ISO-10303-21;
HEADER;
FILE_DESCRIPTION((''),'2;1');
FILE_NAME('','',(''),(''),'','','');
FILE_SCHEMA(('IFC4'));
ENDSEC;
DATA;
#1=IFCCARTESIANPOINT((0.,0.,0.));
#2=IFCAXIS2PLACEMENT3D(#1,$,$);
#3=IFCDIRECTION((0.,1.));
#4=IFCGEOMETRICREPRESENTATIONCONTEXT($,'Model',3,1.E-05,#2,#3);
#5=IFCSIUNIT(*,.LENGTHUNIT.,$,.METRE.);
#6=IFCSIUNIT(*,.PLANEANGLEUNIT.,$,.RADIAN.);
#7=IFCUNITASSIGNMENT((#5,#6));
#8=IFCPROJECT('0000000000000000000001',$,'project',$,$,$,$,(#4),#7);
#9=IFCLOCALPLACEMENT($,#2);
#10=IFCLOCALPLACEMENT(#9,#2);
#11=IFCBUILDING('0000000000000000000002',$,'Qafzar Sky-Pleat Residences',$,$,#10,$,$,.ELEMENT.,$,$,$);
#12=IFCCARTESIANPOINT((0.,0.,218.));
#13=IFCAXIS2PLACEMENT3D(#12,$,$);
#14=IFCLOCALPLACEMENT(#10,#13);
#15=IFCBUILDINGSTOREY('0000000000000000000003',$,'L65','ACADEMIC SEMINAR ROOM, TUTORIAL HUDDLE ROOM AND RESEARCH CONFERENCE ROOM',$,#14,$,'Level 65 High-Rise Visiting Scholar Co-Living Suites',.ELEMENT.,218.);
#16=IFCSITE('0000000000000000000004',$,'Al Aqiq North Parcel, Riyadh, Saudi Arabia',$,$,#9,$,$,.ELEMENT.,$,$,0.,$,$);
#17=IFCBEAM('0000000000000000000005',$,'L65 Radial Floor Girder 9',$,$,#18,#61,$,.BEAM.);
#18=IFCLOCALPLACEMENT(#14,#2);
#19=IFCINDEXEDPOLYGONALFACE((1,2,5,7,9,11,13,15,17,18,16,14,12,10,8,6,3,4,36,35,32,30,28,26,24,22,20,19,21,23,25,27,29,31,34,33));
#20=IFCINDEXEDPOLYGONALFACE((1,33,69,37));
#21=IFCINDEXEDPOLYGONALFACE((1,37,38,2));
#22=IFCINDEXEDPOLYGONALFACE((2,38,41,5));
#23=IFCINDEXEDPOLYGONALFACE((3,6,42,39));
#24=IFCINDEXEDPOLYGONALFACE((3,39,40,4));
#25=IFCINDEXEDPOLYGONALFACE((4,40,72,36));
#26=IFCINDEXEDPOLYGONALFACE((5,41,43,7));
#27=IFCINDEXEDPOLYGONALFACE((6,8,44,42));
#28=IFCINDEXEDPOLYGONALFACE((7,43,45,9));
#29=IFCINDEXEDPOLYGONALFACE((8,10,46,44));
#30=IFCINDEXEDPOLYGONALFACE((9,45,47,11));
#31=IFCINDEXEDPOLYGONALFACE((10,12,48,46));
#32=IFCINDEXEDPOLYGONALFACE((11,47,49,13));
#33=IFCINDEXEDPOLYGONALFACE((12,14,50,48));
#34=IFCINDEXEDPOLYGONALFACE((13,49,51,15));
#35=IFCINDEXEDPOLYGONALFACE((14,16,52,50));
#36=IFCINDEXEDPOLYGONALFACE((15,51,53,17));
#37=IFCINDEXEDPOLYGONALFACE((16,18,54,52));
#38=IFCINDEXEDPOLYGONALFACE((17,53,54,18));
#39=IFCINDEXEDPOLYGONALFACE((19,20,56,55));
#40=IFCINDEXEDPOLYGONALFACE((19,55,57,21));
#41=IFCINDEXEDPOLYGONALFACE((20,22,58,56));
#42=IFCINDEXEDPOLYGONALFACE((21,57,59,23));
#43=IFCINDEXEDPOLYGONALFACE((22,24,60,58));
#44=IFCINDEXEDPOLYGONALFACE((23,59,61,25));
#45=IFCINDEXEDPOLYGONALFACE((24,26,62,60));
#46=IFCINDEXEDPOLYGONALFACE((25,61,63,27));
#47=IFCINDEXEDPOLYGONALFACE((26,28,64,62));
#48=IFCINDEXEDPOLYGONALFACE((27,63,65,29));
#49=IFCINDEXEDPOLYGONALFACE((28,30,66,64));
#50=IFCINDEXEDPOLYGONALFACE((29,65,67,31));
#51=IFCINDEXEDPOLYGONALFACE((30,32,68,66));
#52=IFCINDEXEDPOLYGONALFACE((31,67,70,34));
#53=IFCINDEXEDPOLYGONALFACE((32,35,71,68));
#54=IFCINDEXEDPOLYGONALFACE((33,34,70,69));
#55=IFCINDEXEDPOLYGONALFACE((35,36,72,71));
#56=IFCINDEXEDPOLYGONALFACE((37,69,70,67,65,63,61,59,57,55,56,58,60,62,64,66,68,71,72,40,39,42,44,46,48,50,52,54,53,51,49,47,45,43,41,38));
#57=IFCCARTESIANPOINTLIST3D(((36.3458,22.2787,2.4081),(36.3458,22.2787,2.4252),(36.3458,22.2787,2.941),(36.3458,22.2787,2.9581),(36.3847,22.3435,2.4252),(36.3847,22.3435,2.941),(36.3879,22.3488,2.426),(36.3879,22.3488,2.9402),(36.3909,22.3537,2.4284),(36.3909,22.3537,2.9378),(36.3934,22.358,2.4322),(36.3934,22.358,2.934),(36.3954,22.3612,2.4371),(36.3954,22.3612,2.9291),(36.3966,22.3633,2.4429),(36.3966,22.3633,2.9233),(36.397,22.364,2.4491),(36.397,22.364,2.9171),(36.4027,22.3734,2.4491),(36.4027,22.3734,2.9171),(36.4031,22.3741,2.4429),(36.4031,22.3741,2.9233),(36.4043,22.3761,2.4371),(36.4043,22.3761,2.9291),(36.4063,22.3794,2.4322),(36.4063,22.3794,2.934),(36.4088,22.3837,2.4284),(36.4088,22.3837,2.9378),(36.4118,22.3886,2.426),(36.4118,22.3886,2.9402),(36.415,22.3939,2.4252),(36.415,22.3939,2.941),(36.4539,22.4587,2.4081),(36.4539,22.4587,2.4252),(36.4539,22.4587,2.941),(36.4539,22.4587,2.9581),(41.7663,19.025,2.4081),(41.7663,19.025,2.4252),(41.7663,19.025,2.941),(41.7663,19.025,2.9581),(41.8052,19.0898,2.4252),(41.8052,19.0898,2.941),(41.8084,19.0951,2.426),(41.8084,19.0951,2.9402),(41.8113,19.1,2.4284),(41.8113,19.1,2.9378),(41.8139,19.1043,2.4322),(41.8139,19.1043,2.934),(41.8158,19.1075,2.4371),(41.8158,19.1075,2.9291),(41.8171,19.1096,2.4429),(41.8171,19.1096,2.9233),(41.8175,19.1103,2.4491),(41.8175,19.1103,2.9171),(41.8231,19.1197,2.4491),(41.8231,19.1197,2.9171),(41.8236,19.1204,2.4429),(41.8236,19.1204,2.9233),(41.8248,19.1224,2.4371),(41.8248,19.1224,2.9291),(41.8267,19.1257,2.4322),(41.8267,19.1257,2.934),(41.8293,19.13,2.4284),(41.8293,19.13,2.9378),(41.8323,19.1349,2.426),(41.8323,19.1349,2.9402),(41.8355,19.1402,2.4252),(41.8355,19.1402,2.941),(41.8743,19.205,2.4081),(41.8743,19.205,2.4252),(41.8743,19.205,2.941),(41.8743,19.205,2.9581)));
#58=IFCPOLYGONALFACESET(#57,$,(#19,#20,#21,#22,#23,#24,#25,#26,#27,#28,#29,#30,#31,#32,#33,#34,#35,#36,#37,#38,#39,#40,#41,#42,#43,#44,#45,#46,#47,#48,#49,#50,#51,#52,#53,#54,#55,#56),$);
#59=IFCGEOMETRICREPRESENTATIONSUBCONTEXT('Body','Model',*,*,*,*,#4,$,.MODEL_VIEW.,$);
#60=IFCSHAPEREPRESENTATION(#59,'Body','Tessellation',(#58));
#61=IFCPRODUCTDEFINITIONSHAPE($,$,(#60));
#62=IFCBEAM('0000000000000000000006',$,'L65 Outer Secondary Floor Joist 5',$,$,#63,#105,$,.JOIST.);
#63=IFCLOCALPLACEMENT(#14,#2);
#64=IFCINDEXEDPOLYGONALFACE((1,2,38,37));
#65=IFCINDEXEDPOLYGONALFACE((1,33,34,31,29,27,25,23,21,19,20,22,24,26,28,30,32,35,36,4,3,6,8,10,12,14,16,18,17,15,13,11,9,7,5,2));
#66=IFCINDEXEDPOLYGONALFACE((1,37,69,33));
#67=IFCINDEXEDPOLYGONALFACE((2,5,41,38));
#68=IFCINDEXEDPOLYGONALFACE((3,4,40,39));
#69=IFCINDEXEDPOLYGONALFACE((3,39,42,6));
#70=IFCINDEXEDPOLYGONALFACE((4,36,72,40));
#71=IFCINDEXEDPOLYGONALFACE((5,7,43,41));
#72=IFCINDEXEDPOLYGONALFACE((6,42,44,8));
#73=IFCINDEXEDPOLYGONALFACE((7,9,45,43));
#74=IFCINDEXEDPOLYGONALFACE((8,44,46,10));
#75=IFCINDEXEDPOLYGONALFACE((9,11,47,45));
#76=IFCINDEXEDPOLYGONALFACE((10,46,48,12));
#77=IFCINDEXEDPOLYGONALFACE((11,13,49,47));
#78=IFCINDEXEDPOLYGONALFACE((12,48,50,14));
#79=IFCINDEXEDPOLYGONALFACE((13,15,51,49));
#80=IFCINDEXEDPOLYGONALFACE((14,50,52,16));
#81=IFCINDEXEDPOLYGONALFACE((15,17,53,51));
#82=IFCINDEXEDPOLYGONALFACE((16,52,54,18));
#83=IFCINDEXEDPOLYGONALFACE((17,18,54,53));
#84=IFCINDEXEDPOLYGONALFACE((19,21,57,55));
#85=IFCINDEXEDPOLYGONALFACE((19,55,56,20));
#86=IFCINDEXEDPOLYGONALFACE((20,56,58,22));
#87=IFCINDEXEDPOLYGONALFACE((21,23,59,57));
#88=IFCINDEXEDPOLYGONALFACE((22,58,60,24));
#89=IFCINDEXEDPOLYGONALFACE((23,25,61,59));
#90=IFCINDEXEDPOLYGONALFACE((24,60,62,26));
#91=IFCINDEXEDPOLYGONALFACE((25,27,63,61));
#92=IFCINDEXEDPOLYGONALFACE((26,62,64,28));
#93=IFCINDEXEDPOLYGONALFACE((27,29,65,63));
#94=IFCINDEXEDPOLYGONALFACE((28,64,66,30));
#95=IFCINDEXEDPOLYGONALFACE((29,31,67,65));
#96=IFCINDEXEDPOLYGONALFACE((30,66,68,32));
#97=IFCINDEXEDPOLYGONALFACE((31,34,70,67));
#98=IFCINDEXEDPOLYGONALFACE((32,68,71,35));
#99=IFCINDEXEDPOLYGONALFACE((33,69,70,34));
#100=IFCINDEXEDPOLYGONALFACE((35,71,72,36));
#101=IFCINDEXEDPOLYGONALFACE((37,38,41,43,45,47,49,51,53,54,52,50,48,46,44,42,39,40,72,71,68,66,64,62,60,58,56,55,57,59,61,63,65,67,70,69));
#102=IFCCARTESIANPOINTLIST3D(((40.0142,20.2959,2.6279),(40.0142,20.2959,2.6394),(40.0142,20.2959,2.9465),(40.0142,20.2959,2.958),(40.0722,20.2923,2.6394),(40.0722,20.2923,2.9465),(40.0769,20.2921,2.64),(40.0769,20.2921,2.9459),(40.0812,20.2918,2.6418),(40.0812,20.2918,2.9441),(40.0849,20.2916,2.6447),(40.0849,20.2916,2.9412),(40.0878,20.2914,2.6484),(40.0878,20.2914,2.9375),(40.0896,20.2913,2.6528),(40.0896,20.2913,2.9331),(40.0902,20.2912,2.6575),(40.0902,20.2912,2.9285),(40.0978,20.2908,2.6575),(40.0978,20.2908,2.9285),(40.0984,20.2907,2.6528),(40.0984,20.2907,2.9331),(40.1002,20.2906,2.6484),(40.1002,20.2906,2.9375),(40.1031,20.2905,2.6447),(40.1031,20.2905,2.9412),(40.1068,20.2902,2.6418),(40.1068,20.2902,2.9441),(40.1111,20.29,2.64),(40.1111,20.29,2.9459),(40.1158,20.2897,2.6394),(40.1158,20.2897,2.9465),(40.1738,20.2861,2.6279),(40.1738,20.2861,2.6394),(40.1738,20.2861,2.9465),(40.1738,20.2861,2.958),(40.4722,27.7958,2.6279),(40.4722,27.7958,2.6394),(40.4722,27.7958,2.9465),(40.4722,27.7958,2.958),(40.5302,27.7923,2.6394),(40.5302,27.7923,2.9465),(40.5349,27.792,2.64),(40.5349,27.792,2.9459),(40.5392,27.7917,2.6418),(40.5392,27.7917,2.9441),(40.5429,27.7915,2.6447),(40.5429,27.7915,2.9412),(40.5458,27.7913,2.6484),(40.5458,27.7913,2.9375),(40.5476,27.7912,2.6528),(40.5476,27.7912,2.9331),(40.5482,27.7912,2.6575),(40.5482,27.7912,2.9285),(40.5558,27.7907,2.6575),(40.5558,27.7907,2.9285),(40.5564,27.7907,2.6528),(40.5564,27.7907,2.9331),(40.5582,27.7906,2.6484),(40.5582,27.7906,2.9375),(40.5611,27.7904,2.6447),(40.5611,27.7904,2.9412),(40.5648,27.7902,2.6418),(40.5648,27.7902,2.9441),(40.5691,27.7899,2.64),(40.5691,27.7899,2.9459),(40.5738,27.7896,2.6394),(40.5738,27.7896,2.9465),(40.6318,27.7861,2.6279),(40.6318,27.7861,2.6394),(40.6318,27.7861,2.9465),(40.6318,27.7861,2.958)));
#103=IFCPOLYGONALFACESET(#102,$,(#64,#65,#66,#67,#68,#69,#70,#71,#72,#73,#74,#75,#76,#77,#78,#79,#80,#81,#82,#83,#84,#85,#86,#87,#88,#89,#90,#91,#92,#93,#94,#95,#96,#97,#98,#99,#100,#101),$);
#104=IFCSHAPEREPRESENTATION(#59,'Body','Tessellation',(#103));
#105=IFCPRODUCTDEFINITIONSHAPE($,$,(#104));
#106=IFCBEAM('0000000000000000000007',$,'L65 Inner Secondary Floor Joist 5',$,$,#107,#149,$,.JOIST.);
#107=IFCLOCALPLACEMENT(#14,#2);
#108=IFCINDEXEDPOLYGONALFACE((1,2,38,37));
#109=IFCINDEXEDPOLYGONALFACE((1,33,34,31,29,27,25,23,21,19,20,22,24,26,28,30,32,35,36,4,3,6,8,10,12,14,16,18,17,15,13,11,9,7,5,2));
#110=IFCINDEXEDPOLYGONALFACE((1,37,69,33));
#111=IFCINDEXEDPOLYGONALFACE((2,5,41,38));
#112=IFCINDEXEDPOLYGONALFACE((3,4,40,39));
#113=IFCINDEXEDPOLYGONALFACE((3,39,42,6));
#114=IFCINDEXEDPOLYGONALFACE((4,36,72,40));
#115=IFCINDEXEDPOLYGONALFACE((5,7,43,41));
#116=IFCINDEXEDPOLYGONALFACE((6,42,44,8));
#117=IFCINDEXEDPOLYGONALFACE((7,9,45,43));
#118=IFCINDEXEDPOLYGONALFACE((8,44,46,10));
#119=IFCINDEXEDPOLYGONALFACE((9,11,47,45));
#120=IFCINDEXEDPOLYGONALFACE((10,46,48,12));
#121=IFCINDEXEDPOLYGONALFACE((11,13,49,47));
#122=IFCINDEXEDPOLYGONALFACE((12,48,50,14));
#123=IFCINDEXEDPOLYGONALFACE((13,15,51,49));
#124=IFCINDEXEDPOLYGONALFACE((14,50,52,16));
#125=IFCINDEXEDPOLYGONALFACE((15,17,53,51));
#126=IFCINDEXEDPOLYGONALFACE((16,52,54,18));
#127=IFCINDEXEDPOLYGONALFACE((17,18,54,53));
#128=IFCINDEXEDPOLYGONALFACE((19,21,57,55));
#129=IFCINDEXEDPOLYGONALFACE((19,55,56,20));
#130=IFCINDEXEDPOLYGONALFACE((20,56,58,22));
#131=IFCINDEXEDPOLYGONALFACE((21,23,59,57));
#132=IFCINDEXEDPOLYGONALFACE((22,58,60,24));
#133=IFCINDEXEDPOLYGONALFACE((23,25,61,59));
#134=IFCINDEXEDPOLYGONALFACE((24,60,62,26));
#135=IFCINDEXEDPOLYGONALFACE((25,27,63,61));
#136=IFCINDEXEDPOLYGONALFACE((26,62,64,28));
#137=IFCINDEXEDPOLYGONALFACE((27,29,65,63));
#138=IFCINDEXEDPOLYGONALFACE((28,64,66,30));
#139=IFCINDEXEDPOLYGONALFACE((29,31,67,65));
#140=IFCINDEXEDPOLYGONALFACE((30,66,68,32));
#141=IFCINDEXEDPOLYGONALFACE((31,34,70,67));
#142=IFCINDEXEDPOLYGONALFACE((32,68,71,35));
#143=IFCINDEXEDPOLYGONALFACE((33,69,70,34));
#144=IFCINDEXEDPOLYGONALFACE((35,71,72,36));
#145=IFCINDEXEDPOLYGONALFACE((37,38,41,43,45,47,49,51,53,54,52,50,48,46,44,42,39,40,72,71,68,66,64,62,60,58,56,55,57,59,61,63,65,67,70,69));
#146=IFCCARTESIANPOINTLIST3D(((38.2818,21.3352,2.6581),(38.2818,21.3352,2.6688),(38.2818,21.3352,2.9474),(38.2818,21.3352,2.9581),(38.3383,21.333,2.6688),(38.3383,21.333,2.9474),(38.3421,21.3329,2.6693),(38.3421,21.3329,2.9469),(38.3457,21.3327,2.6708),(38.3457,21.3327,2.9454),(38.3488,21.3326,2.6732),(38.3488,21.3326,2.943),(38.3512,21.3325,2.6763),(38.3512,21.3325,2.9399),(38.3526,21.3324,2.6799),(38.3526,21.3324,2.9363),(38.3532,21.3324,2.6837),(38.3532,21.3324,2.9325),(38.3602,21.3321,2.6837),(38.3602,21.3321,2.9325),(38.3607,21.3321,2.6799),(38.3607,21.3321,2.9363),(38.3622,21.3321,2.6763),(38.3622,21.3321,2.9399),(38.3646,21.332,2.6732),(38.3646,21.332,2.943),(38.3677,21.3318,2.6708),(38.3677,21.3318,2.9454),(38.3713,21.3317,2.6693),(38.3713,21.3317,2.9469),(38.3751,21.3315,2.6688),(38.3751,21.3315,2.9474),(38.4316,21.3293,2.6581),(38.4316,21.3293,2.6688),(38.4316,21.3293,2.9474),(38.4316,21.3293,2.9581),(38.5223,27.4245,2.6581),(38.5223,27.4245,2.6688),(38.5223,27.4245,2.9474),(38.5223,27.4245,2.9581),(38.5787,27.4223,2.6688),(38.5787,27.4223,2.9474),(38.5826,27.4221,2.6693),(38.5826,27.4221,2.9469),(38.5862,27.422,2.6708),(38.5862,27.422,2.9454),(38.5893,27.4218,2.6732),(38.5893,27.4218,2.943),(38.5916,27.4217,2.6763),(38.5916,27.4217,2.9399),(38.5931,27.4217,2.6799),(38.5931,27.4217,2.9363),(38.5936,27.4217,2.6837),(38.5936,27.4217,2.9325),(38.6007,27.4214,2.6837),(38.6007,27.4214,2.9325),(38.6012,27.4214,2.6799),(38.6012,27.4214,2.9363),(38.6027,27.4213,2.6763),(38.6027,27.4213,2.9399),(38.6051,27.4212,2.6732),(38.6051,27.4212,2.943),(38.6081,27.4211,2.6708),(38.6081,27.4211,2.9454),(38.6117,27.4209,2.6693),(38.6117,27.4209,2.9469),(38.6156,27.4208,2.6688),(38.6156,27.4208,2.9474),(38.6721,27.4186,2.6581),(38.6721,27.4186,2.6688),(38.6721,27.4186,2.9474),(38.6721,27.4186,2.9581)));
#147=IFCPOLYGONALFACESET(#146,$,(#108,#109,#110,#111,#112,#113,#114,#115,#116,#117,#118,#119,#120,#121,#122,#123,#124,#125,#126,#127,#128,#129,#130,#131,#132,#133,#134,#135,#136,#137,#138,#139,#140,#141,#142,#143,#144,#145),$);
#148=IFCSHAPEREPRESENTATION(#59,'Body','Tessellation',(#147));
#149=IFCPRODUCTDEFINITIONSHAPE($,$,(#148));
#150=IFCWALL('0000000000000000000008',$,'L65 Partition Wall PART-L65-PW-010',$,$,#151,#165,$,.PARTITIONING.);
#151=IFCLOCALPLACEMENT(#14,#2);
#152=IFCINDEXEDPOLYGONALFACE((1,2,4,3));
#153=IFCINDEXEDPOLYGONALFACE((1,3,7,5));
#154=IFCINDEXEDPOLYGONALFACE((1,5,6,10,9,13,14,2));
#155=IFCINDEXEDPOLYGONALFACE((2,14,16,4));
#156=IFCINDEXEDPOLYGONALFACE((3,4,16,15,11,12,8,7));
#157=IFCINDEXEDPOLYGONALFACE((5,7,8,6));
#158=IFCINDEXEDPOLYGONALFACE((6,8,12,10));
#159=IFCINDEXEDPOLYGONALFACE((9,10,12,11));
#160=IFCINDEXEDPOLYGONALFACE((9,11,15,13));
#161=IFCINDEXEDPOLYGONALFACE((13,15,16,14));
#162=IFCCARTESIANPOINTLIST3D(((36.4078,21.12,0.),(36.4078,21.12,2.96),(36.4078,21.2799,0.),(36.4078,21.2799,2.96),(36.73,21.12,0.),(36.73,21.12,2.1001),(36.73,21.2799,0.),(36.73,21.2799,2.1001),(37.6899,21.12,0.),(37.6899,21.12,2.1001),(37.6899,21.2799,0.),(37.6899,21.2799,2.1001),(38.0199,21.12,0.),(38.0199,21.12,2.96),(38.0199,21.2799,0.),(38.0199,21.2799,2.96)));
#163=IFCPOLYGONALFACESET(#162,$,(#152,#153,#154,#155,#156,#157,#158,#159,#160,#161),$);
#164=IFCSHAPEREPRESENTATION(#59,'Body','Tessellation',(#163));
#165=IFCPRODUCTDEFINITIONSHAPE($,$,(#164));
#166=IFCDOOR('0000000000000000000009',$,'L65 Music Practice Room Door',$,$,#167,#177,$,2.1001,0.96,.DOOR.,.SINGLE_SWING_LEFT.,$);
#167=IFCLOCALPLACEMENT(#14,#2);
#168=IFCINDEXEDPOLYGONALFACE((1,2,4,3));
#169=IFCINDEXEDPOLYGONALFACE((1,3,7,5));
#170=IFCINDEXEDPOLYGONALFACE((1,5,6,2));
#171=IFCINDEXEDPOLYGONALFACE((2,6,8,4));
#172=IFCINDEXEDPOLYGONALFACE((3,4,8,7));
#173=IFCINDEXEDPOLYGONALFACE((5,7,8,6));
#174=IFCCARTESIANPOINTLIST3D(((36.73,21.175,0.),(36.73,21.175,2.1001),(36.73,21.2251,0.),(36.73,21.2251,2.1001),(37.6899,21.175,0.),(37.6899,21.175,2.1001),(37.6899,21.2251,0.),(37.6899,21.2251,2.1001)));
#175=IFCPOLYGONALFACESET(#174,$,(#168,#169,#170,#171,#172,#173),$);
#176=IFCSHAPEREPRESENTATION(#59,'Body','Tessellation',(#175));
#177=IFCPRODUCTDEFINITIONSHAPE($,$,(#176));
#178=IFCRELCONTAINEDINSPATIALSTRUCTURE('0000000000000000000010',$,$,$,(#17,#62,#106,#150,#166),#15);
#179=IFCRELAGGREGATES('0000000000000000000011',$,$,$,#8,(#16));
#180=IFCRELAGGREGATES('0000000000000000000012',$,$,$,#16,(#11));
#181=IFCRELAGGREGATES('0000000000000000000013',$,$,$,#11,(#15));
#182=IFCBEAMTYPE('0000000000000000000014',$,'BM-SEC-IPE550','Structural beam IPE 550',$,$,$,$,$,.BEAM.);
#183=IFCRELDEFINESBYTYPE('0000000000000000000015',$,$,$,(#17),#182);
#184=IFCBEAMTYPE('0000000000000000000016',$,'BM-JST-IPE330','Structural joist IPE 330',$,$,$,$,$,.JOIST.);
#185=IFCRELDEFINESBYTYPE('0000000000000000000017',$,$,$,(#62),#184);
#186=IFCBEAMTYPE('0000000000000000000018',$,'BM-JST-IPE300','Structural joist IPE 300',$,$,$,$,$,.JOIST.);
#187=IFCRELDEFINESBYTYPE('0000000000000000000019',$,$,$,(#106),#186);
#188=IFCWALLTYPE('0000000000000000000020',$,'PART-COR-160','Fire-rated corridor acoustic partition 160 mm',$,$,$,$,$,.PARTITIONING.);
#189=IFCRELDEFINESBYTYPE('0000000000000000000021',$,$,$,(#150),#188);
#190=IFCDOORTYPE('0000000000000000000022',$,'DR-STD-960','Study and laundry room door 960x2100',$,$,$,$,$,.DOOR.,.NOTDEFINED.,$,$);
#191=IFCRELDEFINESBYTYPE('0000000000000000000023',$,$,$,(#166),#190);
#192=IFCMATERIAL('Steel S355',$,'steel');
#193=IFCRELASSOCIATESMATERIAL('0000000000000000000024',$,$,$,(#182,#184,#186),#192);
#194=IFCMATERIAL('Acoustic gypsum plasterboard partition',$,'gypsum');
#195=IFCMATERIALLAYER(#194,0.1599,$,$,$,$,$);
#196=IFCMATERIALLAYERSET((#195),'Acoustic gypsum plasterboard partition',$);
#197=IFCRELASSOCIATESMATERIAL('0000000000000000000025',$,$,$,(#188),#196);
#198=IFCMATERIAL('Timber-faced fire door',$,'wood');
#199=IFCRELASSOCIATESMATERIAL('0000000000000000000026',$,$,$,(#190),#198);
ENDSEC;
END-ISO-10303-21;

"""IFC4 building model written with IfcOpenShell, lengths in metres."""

from ifc_helpers import new_model, si_unit, direction, frame, frame_2d, origin, origin_2d, place, context, subcontext, project, spatial, rectangle, i_section, extrude, source, transform, mapped, material, layer, layer_set, material_profile, profile_set, type_object, element, fill, save


model = new_model("IFC4")

# Units and contexts
model_context = context("Model", 3, precision=1e-05, world=origin(), true_north=direction((0.0, 1.0)))
body_context = subcontext(model_context, "Body", "Model", "MODEL_VIEW")
ifc_project = project(units=[si_unit("LENGTHUNIT", "METRE"), si_unit("PLANEANGLEUNIT", "RADIAN")], contexts=[model_context])

# Site, building, storey
site_placement = place(None, origin())
site = spatial("IfcSite", under=ifc_project, at=site_placement, Name="Al Aqiq North Parcel, Riyadh, Saudi Arabia", CompositionType="ELEMENT", RefElevation=0.0)
building_placement = place(site_placement, origin())
building = spatial("IfcBuilding", under=site, at=building_placement, Name="Qafzar Sky-Pleat Residences", CompositionType="ELEMENT")
storey_placement = place(building_placement, frame((0.0, 0.0, 218.0)))
storey = spatial("IfcBuildingStorey", under=building, at=storey_placement, Name="L65", Description="ACADEMIC SEMINAR ROOM, TUTORIAL HUDDLE ROOM AND RESEARCH CONFERENCE ROOM", LongName="Level 65 High-Rise Visiting Scholar Co-Living Suites", CompositionType="ELEMENT", Elevation=218.0)

# Shared definitions
ifc_material_1 = material(Name="Steel S355", Category="steel")

# Beams
ifc_material_profile_1 = material_profile(ifc_material_1, i_section(OverallWidth=0.21, OverallDepth=0.55, WebThickness=0.011, FlangeThickness=0.0171, FilletRadius=0.0239, at=origin_2d()), Name="IPE 550")
ifc_profile_set_1 = profile_set([ifc_material_profile_1], Name="Steel S355")
beam_type_1 = type_object("IfcBeamType", Name="BM-SEC-IPE550", Description="Structural beam IPE 550", PredefinedType="BEAM", material=ifc_profile_set_1)
shared_shape_1 = source(origin(), body_context, "Body", "SweptSolid", [
    extrude(i_section(OverallWidth=0.21, OverallDepth=0.55, WebThickness=0.011, FlangeThickness=0.0171, FilletRadius=0.0239, at=origin_2d()), origin(), (0.0, 0.0, 1.0), 6.322),
])
beam_1_placement = place(storey_placement, frame((41.8203, 19.115, 2.6831), z_axis=(-0.857394, 0.51466, 0.0), x_axis=(-0.51466, -0.857394, 0.0)))
element("IfcBeam", 1, at=beam_1_placement, inside=storey, type_object=beam_type_1, Name="L65 Radial Floor Girder 9", PredefinedType="BEAM", context=body_context, shape_type="MappedRepresentation", body=[
    mapped(shared_shape_1, transform((0.0, 0.0, 0.0), x_axis=(1.0, 0.0, 0.0), y_axis=(0.0, 1.0, 0.0), z_axis=(0.0, 0.0, 1.0), scale=1.0)),
])
ifc_material_profile_2 = material_profile(ifc_material_1, i_section(OverallWidth=0.1599, OverallDepth=0.3301, WebThickness=0.0076, FlangeThickness=0.0115, FilletRadius=0.0181, at=origin_2d()), Name="IPE 330")
ifc_profile_set_2 = profile_set([ifc_material_profile_2], Name="Steel S355")
beam_type_2 = type_object("IfcBeamType", Name="BM-JST-IPE330", Description="Structural joist IPE 330", PredefinedType="JOIST", material=ifc_profile_set_2)
shared_shape_2 = source(origin(), body_context, "Body", "SweptSolid", [
    extrude(i_section(OverallWidth=0.1599, OverallDepth=0.3301, WebThickness=0.0076, FlangeThickness=0.0115, FilletRadius=0.0181, at=origin_2d()), origin(), (0.0, 0.0, 1.0), 7.5139),
])
beam_2_placement = place(storey_placement, frame((40.094, 20.291, 2.793), z_axis=(0.060954, 0.998141, 0.0), x_axis=(-0.998141, 0.060954, 0.0)))
element("IfcBeam", 2, at=beam_2_placement, inside=storey, type_object=beam_type_2, Name="L65 Outer Secondary Floor Joist 5", PredefinedType="JOIST", context=body_context, shape_type="MappedRepresentation", body=[
    mapped(shared_shape_2, transform((0.0, 0.0, 0.0), x_axis=(1.0, 0.0, 0.0), y_axis=(0.0, 1.0, 0.0), z_axis=(0.0, 0.0, 1.0), scale=1.0)),
])
ifc_material_profile_3 = material_profile(ifc_material_1, i_section(OverallWidth=0.1499, OverallDepth=0.3, WebThickness=0.0071, FlangeThickness=0.0107, FilletRadius=0.0149, at=origin_2d()), Name="IPE 300")
ifc_profile_set_3 = profile_set([ifc_material_profile_3], Name="Steel S355")
beam_type_3 = type_object("IfcBeamType", Name="BM-JST-IPE300", Description="Structural joist IPE 300", PredefinedType="JOIST", material=ifc_profile_set_3)
shared_shape_3 = source(origin(), body_context, "Body", "SweptSolid", [
    extrude(i_section(OverallWidth=0.1499, OverallDepth=0.3, WebThickness=0.0071, FlangeThickness=0.0107, FilletRadius=0.0149, at=origin_2d()), origin(), (0.0, 0.0, 1.0), 6.094),
])
beam_3_placement = place(storey_placement, frame((38.3567, 21.3323, 2.8081), z_axis=(0.039461, 0.999221, 0.0), x_axis=(-0.999221, 0.039461, 0.0)))
element("IfcBeam", 3, at=beam_3_placement, inside=storey, type_object=beam_type_3, Name="L65 Inner Secondary Floor Joist 5", PredefinedType="JOIST", context=body_context, shape_type="MappedRepresentation", body=[
    mapped(shared_shape_3, transform((0.0, 0.0, 0.0), x_axis=(1.0, 0.0, 0.0), y_axis=(0.0, 1.0, 0.0), z_axis=(0.0, 0.0, 1.0), scale=1.0)),
])

# Wall, opening, door
ifc_material_2 = material(Name="Acoustic gypsum plasterboard partition", Category="gypsum")
ifc_layer_1 = layer(ifc_material_2, 0.1599)
ifc_layer_set_1 = layer_set([ifc_layer_1], Name="Acoustic gypsum plasterboard partition")
wall_type_1 = type_object("IfcWallType", Name="PART-COR-160", Description="Fire-rated corridor acoustic partition 160 mm", PredefinedType="PARTITIONING", material=ifc_layer_set_1)
wall_1_placement = place(storey_placement, frame((38.02, 21.2, 0.0), z_axis=(0.0, 0.0, 1.0), x_axis=(-1.0, 0.0, 0.0)))
wall_1 = element("IfcWall", 4, at=wall_1_placement, inside=storey, type_object=wall_type_1, Name="L65 Partition Wall PART-L65-PW-010", PredefinedType="PARTITIONING", context=body_context, shape_type="SweptSolid", body=[
    extrude(rectangle(XDim=1.6121, YDim=0.1599, at=frame_2d((0.8062, 0.0))), origin(), (0.0, 0.0, 1.0), 2.96),
])
opening_1_placement = place(wall_1_placement, frame((0.3301, 0.0, 0.0)))
opening_1 = element("IfcOpeningElement", 5, at=opening_1_placement, cuts=wall_1, PredefinedType="OPENING", context=body_context, shape_type="SweptSolid", body=[
    extrude(rectangle(XDim=0.96, YDim=2.1001, at=frame_2d((0.48, 1.05))), frame((0.0, 0.0898, 0.0), z_axis=(0.0, -1.0, 0.0), x_axis=(1.0, 0.0, 0.0)), (0.0, 0.0, 1.0), 0.1799),
])
ifc_material_3 = material(Name="Timber-faced fire door", Category="wood")
door_type = type_object("IfcDoorType", Name="DR-STD-960", Description="Study and laundry room door 960x2100", OperationType="NOTDEFINED", PredefinedType="DOOR", material=ifc_material_3)
shared_shape_4 = source(origin(), body_context, "Body", "SweptSolid", [
    extrude(rectangle(XDim=0.96, YDim=2.1001, at=frame_2d((0.48, 1.05))), frame((0.0, 0.0249, 0.0), z_axis=(0.0, -1.0, 0.0), x_axis=(1.0, 0.0, 0.0)), (0.0, 0.0, 1.0), 0.05),
])
door_placement = place(opening_1_placement, origin())
door = element("IfcDoor", 6, at=door_placement, inside=storey, type_object=door_type, Name="L65 Music Practice Room Door", OperationType="SINGLE_SWING_LEFT", OverallHeight=2.1001, OverallWidth=0.96, PredefinedType="DOOR", context=body_context, shape_type="MappedRepresentation", body=[
    mapped(shared_shape_4, transform((0.0, 0.0, 0.0), x_axis=(1.0, 0.0, 0.0), y_axis=(0.0, 1.0, 0.0), z_axis=(0.0, 0.0, 1.0), scale=1.0)),
])
fill(opening_1, door)

save(model, "model.ifc")
